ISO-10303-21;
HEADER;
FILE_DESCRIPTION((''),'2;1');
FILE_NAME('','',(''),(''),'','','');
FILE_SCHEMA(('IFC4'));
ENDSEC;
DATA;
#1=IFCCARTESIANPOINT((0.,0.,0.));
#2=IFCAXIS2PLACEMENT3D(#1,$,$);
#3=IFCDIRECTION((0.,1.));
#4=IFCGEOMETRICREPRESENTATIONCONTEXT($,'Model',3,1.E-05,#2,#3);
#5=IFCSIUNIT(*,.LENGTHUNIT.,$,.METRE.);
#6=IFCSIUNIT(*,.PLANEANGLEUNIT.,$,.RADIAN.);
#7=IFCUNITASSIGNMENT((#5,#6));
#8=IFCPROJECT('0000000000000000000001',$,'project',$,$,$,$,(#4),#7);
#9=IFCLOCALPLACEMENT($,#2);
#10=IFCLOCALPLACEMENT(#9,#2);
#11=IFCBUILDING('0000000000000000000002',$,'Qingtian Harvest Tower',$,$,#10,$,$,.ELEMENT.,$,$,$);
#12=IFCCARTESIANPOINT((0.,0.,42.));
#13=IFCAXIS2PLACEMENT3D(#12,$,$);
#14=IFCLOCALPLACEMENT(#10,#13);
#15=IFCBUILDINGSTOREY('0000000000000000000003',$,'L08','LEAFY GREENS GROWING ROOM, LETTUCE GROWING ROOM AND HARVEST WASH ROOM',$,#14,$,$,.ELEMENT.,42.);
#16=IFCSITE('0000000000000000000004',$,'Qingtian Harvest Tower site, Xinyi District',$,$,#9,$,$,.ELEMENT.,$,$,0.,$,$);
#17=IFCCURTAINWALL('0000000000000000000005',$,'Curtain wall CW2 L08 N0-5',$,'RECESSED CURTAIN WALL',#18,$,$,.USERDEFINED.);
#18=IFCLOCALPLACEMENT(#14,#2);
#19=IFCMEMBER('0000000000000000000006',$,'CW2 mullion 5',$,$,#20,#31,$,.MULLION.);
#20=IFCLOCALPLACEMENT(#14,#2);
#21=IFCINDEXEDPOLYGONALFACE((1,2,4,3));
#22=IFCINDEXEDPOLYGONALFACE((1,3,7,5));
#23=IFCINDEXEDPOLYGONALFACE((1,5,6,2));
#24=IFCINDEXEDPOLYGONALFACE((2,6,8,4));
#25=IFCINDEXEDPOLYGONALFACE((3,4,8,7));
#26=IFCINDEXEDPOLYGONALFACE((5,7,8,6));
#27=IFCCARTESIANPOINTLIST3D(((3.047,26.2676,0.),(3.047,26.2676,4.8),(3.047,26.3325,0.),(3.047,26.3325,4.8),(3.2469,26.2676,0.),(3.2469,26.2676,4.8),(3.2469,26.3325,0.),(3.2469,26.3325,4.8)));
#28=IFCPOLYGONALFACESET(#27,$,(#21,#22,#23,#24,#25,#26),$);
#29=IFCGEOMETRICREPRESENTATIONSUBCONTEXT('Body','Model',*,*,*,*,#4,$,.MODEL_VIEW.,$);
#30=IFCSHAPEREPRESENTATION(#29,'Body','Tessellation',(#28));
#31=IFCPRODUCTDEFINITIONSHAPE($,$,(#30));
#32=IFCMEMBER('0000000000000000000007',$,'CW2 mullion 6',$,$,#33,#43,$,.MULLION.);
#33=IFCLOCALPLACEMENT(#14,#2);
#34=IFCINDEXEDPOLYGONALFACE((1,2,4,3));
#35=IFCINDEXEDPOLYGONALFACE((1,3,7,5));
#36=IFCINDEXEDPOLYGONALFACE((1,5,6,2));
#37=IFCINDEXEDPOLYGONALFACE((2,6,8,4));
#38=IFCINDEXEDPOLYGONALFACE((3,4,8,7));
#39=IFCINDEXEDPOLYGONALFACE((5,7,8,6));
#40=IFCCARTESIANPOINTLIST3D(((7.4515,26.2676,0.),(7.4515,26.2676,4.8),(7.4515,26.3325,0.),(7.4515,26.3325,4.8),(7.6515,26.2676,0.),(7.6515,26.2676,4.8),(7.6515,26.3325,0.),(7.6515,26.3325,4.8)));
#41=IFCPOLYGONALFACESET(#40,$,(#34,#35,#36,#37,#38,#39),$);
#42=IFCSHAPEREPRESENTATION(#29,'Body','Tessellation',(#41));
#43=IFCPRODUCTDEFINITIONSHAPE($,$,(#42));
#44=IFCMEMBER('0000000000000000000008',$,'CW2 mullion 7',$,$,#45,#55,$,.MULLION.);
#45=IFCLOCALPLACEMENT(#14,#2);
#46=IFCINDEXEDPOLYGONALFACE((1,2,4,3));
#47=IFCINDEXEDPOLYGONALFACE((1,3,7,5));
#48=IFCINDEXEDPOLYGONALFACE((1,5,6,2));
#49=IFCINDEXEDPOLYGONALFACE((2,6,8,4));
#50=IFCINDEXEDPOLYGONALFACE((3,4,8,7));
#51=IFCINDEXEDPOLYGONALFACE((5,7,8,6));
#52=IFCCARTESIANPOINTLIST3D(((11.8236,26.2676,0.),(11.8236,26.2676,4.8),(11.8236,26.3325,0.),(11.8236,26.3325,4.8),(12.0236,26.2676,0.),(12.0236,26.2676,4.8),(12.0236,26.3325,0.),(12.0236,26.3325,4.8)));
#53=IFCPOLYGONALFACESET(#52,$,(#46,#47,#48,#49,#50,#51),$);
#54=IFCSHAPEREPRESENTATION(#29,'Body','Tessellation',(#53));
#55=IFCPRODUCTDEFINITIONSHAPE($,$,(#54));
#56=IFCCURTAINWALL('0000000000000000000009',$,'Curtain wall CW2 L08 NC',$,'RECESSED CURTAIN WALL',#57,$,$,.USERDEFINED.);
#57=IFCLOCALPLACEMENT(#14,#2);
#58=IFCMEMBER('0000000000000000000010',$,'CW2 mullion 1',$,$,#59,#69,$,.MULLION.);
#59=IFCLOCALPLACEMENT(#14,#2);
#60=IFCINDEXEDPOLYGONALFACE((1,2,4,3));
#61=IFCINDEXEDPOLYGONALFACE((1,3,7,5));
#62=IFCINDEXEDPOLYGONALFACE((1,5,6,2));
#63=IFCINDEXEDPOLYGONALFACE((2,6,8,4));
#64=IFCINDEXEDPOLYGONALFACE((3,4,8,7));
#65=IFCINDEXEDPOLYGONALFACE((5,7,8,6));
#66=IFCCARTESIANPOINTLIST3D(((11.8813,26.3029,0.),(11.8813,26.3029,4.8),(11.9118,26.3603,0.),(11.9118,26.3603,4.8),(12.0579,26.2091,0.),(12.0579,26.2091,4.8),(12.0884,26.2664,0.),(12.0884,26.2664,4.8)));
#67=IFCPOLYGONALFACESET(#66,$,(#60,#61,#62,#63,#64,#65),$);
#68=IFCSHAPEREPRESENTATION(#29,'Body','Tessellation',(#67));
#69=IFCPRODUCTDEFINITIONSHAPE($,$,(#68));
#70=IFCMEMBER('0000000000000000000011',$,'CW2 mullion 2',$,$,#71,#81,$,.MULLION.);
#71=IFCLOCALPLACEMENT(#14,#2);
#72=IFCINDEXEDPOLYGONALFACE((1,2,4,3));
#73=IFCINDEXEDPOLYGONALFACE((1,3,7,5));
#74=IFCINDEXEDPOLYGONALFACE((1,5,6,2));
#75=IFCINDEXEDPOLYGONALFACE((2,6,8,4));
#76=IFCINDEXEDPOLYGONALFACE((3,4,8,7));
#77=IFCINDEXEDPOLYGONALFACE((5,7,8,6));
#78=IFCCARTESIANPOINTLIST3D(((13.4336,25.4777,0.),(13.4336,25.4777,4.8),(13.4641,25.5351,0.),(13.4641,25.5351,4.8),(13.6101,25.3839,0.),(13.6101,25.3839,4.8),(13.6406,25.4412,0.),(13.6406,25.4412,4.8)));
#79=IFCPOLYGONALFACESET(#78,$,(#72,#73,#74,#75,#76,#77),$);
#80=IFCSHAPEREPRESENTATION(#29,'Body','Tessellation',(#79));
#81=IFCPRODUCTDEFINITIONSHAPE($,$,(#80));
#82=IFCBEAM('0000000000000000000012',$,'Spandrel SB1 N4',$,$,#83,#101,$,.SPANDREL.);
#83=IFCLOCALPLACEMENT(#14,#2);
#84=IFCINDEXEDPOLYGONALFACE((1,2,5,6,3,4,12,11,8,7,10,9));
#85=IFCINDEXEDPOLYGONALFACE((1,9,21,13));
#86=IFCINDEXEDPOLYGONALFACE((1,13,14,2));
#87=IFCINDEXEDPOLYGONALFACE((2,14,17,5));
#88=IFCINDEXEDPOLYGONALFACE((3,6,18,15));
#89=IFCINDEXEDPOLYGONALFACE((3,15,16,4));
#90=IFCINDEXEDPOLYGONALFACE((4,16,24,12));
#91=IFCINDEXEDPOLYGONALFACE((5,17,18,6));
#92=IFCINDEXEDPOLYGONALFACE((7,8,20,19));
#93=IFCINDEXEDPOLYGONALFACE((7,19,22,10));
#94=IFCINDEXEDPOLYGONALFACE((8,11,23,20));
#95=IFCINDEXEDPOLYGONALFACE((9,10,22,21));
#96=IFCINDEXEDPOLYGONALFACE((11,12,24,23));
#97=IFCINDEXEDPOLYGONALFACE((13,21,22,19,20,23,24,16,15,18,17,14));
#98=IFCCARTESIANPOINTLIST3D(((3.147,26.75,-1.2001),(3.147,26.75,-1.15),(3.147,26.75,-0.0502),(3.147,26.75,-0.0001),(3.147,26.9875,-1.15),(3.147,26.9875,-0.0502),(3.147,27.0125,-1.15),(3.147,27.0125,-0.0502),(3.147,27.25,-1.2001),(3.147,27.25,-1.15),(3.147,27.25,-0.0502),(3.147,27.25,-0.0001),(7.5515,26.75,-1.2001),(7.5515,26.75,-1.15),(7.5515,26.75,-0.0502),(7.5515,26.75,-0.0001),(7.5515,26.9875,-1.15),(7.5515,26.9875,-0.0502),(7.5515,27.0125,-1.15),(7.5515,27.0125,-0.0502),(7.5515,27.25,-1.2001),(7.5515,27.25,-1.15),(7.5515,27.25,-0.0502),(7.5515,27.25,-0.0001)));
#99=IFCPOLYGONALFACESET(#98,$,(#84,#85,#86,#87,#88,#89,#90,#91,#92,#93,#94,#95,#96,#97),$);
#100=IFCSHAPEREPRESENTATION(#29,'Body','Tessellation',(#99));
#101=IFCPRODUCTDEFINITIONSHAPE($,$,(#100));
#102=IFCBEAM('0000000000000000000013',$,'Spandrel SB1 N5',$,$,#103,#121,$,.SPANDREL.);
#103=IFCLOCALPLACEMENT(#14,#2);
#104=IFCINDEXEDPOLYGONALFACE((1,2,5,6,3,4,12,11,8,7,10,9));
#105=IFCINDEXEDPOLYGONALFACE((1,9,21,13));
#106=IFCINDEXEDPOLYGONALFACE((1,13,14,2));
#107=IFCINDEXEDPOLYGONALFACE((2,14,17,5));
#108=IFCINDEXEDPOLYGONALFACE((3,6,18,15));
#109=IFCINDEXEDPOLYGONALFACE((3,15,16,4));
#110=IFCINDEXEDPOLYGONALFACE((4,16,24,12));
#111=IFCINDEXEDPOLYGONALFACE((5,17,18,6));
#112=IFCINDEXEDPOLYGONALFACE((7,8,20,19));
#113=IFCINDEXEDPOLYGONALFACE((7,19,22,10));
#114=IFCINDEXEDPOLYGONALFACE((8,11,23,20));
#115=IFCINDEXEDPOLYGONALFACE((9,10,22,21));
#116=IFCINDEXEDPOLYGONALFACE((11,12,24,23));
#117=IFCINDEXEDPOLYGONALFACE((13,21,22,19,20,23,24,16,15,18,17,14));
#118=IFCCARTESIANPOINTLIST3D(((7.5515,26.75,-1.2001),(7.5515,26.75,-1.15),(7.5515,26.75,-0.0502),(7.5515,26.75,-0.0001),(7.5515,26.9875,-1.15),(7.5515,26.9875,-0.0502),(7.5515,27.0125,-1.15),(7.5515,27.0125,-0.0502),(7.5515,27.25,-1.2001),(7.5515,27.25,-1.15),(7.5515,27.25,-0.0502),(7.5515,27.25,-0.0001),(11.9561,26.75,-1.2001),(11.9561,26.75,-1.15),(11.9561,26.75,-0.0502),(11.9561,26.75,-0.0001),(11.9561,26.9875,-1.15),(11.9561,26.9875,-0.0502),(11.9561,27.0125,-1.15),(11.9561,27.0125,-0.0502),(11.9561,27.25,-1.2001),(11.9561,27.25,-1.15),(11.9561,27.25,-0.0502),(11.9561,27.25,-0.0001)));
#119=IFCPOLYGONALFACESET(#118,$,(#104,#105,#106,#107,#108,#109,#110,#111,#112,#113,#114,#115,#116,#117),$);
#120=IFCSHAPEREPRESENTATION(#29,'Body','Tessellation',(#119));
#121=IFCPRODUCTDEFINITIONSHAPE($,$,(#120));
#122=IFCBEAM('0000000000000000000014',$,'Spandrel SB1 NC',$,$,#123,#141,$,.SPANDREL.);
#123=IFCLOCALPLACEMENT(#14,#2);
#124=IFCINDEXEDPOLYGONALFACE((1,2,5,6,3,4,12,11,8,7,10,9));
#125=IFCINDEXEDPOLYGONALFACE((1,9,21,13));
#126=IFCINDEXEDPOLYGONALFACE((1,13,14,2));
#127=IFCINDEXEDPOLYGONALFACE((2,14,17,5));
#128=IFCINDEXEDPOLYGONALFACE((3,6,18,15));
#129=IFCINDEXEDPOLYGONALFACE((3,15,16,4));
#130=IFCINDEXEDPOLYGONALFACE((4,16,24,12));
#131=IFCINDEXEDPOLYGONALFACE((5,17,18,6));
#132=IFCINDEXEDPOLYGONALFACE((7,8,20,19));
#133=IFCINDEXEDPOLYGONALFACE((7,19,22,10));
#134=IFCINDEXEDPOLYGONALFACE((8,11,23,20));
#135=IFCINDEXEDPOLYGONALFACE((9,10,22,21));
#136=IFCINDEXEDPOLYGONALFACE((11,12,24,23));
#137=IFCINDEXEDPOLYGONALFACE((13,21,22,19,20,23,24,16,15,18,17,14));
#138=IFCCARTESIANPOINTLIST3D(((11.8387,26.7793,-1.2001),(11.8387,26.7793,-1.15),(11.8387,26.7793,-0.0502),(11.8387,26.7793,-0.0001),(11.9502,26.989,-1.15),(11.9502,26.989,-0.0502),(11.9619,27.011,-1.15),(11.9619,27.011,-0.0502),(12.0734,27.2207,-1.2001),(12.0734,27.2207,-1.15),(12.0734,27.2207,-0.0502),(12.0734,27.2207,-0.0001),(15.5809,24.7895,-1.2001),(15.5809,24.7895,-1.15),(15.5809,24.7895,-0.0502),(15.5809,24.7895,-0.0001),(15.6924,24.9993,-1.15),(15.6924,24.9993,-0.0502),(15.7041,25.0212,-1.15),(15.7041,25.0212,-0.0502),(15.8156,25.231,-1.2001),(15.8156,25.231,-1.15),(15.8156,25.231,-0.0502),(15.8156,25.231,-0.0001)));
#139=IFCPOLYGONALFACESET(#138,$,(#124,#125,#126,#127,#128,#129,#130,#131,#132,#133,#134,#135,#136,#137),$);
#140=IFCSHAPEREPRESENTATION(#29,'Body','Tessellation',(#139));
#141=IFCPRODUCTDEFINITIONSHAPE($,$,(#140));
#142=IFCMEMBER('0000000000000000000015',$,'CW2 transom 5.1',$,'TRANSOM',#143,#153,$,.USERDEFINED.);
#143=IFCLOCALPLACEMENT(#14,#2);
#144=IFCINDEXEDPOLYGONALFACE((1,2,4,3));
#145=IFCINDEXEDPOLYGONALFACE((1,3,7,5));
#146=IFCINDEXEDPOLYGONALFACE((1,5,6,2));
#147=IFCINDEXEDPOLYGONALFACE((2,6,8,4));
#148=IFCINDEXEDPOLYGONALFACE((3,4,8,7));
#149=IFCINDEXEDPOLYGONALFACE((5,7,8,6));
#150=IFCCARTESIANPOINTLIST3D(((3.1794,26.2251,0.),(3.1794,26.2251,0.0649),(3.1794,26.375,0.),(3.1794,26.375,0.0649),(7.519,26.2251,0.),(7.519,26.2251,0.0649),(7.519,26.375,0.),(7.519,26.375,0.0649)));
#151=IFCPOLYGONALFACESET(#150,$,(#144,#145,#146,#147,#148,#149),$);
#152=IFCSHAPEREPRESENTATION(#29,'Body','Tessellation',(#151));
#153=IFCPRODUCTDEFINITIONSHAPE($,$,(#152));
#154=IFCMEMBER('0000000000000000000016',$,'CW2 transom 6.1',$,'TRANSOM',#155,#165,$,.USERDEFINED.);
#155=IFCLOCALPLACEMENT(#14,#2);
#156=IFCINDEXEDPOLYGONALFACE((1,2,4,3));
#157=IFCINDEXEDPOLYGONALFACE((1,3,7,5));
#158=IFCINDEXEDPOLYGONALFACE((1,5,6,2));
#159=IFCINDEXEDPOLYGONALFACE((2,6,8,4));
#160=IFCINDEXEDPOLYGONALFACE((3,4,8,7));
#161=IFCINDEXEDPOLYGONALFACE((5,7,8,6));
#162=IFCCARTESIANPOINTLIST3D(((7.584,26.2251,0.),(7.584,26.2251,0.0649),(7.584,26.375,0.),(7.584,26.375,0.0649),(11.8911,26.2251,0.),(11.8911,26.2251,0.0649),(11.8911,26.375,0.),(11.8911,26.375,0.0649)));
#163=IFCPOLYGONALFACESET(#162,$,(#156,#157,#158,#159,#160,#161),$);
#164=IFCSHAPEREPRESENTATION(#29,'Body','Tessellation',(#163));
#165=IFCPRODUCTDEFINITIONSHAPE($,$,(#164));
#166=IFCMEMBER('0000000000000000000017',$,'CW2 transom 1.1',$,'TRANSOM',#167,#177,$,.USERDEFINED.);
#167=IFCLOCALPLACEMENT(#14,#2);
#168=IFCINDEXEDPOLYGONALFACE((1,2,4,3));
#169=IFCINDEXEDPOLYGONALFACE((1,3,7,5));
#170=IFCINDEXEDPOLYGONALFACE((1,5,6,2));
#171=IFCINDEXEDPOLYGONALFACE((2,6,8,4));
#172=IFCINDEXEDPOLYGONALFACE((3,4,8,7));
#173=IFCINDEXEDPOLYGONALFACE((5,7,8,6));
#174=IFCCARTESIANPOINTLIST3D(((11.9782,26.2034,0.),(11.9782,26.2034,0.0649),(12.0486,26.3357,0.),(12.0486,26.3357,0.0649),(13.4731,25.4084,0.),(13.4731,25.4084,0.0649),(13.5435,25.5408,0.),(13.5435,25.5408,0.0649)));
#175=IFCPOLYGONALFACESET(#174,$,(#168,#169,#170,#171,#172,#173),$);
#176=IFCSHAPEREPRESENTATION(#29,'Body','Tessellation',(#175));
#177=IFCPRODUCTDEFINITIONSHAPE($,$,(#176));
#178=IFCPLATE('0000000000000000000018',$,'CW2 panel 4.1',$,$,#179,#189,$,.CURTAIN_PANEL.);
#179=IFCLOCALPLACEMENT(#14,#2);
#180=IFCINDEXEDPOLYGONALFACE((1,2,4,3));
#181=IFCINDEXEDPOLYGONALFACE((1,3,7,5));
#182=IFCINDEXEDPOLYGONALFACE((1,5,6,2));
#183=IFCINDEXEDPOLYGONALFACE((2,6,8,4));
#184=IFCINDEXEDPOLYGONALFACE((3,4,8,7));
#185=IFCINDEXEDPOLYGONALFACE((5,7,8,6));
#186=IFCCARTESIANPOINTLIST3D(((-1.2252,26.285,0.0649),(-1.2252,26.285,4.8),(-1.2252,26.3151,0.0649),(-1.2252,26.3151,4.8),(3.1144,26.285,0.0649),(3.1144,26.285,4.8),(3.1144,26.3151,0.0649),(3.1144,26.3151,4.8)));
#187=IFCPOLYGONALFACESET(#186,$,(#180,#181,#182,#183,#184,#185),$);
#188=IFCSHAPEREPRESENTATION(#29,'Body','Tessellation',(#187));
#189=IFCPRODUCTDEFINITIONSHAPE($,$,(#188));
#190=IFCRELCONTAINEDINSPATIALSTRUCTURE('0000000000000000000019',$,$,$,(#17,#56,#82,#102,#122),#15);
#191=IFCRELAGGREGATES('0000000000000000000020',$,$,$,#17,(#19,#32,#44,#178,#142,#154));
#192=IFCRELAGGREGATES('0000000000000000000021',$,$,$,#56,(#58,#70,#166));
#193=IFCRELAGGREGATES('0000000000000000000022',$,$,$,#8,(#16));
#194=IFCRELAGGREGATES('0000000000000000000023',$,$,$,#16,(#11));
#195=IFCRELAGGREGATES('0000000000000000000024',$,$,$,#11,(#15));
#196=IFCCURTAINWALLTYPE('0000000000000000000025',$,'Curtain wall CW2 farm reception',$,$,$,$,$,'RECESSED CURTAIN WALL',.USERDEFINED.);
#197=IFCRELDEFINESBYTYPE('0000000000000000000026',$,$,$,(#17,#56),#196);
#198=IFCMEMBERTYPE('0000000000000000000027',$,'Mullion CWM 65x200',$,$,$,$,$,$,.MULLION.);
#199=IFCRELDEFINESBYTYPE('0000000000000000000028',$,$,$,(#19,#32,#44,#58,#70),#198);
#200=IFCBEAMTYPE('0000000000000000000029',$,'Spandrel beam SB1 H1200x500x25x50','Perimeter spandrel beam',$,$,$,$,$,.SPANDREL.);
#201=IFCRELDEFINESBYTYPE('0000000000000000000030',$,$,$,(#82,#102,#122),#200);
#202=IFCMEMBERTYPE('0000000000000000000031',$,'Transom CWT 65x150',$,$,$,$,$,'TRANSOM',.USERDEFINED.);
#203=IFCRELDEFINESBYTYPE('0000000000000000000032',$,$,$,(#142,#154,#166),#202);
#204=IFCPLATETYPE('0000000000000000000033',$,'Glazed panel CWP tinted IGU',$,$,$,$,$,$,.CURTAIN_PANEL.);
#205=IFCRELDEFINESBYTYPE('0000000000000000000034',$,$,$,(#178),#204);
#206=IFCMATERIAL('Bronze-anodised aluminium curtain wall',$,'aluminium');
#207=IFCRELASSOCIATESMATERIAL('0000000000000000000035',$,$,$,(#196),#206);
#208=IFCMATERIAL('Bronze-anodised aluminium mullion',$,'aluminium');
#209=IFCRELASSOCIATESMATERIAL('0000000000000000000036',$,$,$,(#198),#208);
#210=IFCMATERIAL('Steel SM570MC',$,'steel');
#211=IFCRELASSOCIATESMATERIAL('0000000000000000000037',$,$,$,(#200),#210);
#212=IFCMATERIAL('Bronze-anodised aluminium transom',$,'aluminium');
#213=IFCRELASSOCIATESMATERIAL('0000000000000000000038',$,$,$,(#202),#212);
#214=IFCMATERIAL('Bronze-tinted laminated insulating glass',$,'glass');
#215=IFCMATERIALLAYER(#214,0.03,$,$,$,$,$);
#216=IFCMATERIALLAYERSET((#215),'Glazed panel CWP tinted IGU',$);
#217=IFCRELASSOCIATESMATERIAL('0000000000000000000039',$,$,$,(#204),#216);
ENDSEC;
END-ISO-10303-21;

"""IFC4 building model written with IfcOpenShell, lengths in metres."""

from ifc_helpers import new_model, si_unit, direction, frame, origin, origin_2d, place, context, subcontext, project, spatial, rectangle, i_section, extrude, material, layer, layer_set, material_profile, profile_set, type_object, element, aggregate, save


model = new_model("IFC4")

# Units and contexts
model_context = context("Model", 3, precision=1e-05, world=origin(), true_north=direction((0.0, 1.0)))
body_context = subcontext(model_context, "Body", "Model", "MODEL_VIEW")
ifc_project = project(units=[si_unit("LENGTHUNIT", "METRE"), si_unit("PLANEANGLEUNIT", "RADIAN")], contexts=[model_context])

# Site, building, storey
site_placement = place(None, origin())
site = spatial("IfcSite", under=ifc_project, at=site_placement, Name="Qingtian Harvest Tower site, Xinyi District", CompositionType="ELEMENT", RefElevation=0.0)
building_placement = place(site_placement, origin())
building = spatial("IfcBuilding", under=site, at=building_placement, Name="Qingtian Harvest Tower", CompositionType="ELEMENT")
storey_placement = place(building_placement, frame((0.0, 0.0, 42.0)))
storey = spatial("IfcBuildingStorey", under=building, at=storey_placement, Name="L08", Description="LEAFY GREENS GROWING ROOM, LETTUCE GROWING ROOM AND HARVEST WASH ROOM", CompositionType="ELEMENT", Elevation=42.0)

# Curtain walls, members
ifc_material_1 = material(Name="Bronze-anodised aluminium curtain wall", Category="aluminium")
curtain_wall_type = type_object("IfcCurtainWallType", Name="Curtain wall CW2 farm reception", ElementType="RECESSED CURTAIN WALL", PredefinedType="USERDEFINED", material=ifc_material_1)
curtain_wall_1_placement = place(storey_placement, origin())
curtain_wall_1 = element("IfcCurtainWall", 1, at=curtain_wall_1_placement, inside=storey, type_object=curtain_wall_type, Name="Curtain wall CW2 L08 N0-5", ObjectType="RECESSED CURTAIN WALL", PredefinedType="USERDEFINED")
ifc_material_2 = material(Name="Bronze-anodised aluminium mullion", Category="aluminium")
ifc_material_profile_1 = material_profile(ifc_material_2, rectangle(XDim=0.0649, YDim=0.2, at=origin_2d()), Name="AL 65x200")
ifc_profile_set_1 = profile_set([ifc_material_profile_1], Name="Bronze-anodised aluminium mullion")
member_type_1 = type_object("IfcMemberType", Name="Mullion CWM 65x200", PredefinedType="MULLION", material=ifc_profile_set_1)
member_1_placement = place(storey_placement, frame((3.147, 26.3, 0.0), z_axis=(0.0, 0.0, 1.0), x_axis=(0.0, 1.0, 0.0)))
member_1 = element("IfcMember", 2, at=member_1_placement, type_object=member_type_1, Name="CW2 mullion 5", PredefinedType="MULLION", context=body_context, shape_type="SweptSolid", body=[
    extrude(rectangle(XDim=0.0649, YDim=0.2, at=origin_2d()), origin(), (0.0, 0.0, 1.0), 4.8),
])
member_2_placement = place(storey_placement, frame((7.5515, 26.3, 0.0), z_axis=(0.0, 0.0, 1.0), x_axis=(0.0, 1.0, 0.0)))
member_2 = element("IfcMember", 3, at=member_2_placement, type_object=member_type_1, Name="CW2 mullion 6", PredefinedType="MULLION", context=body_context, shape_type="SweptSolid", body=[
    extrude(rectangle(XDim=0.0649, YDim=0.2, at=origin_2d()), origin(), (0.0, 0.0, 1.0), 4.8),
])
member_3_placement = place(storey_placement, frame((11.9236, 26.3, 0.0), z_axis=(0.0, 0.0, 1.0), x_axis=(0.0, 1.0, 0.0)))
member_3 = element("IfcMember", 4, at=member_3_placement, type_object=member_type_1, Name="CW2 mullion 7", PredefinedType="MULLION", context=body_context, shape_type="SweptSolid", body=[
    extrude(rectangle(XDim=0.0649, YDim=0.2, at=origin_2d()), origin(), (0.0, 0.0, 1.0), 4.8),
])
curtain_wall_2_placement = place(storey_placement, origin())
curtain_wall_2 = element("IfcCurtainWall", 5, at=curtain_wall_2_placement, inside=storey, type_object=curtain_wall_type, Name="Curtain wall CW2 L08 NC", ObjectType="RECESSED CURTAIN WALL", PredefinedType="USERDEFINED")
member_4_placement = place(storey_placement, frame((11.9849, 26.2847, 0.0), z_axis=(0.0, 0.0, 1.0), x_axis=(0.469472, 0.882948, 0.0)))
member_4 = element("IfcMember", 6, at=member_4_placement, type_object=member_type_1, Name="CW2 mullion 1", PredefinedType="MULLION", context=body_context, shape_type="SweptSolid", body=[
    extrude(rectangle(XDim=0.0649, YDim=0.2, at=origin_2d()), origin(), (0.0, 0.0, 1.0), 4.8),
])
member_5_placement = place(storey_placement, frame((13.5371, 25.4595, 0.0), z_axis=(0.0, 0.0, 1.0), x_axis=(0.469472, 0.882948, 0.0)))
member_5 = element("IfcMember", 7, at=member_5_placement, type_object=member_type_1, Name="CW2 mullion 2", PredefinedType="MULLION", context=body_context, shape_type="SweptSolid", body=[
    extrude(rectangle(XDim=0.0649, YDim=0.2, at=origin_2d()), origin(), (0.0, 0.0, 1.0), 4.8),
])

# Beams
ifc_material_3 = material(Name="Steel SM570MC", Category="steel")
ifc_material_profile_2 = material_profile(ifc_material_3, i_section(OverallWidth=0.5, OverallDepth=1.2, WebThickness=0.0249, FlangeThickness=0.05, at=origin_2d()), Name="H1200x500x25x50")
ifc_profile_set_2 = profile_set([ifc_material_profile_2], Name="Steel SM570MC")
beam_type_1 = type_object("IfcBeamType", Name="Spandrel beam SB1 H1200x500x25x50", Description="Perimeter spandrel beam", PredefinedType="SPANDREL", material=ifc_profile_set_2)
for number, where, z_axis, x_axis, name in (
    (8, (3.147, 27.0, -0.6001), (1.0, 0.0, 0.0), (0.0, 1.0, 0.0), "Spandrel SB1 N4"),
    (9, (7.5515, 27.0, -0.6001), (1.0, 0.0, 0.0), (0.0, 1.0, 0.0), "Spandrel SB1 N5"),
):
    element("IfcBeam", number, at=place(storey_placement, frame(where, z_axis=z_axis, x_axis=x_axis)), inside=storey, type_object=beam_type_1, Name=name, PredefinedType="SPANDREL", context=body_context, shape_type="SweptSolid", body=[
        extrude(i_section(OverallWidth=0.5, OverallDepth=1.2, WebThickness=0.0249, FlangeThickness=0.05, at=origin_2d()), origin(), (0.0, 0.0, 1.0), 4.4045),
    ])
beam_1_placement = place(storey_placement, frame((11.9561, 27.0, -0.6001), z_axis=(0.882949, -0.46947, 0.0), x_axis=(0.46947, 0.882949, 0.0)))
element("IfcBeam", 10, at=beam_1_placement, inside=storey, type_object=beam_type_1, Name="Spandrel SB1 NC", PredefinedType="SPANDREL", context=body_context, shape_type="SweptSolid", body=[
    extrude(i_section(OverallWidth=0.5, OverallDepth=1.2, WebThickness=0.0249, FlangeThickness=0.05, at=origin_2d()), origin(), (0.0, 0.0, 1.0), 4.2383),
])

# Members
ifc_material_4 = material(Name="Bronze-anodised aluminium transom", Category="aluminium")
ifc_material_profile_3 = material_profile(ifc_material_4, rectangle(XDim=0.1499, YDim=0.0649, at=origin_2d()), Name="AL 65x150")
ifc_profile_set_3 = profile_set([ifc_material_profile_3], Name="Bronze-anodised aluminium transom")
member_type_2 = type_object("IfcMemberType", Name="Transom CWT 65x150", ElementType="TRANSOM", PredefinedType="USERDEFINED", material=ifc_profile_set_3)
member_6_placement = place(storey_placement, frame((3.1794, 26.3, 0.0325), z_axis=(1.0, 0.0, 0.0), x_axis=(0.0, 1.0, 0.0)))
member_6 = element("IfcMember", 11, at=member_6_placement, type_object=member_type_2, Name="CW2 transom 5.1", ObjectType="TRANSOM", PredefinedType="USERDEFINED", context=body_context, shape_type="SweptSolid", body=[
    extrude(rectangle(XDim=0.1499, YDim=0.0649, at=origin_2d()), origin(), (0.0, 0.0, 1.0), 4.3396),
])
member_7_placement = place(storey_placement, frame((7.584, 26.3, 0.0325), z_axis=(1.0, 0.0, 0.0), x_axis=(0.0, 1.0, 0.0)))
member_7 = element("IfcMember", 12, at=member_7_placement, type_object=member_type_2, Name="CW2 transom 6.1", ObjectType="TRANSOM", PredefinedType="USERDEFINED", context=body_context, shape_type="SweptSolid", body=[
    extrude(rectangle(XDim=0.1499, YDim=0.0649, at=origin_2d()), origin(), (0.0, 0.0, 1.0), 4.3071),
])
member_8_placement = place(storey_placement, frame((12.0134, 26.2695, 0.0325), z_axis=(0.882927, -0.46951, 0.0), x_axis=(0.46951, 0.882927, 0.0)))
member_8 = element("IfcMember", 13, at=member_8_placement, type_object=member_type_2, Name="CW2 transom 1.1", ObjectType="TRANSOM", PredefinedType="USERDEFINED", context=body_context, shape_type="SweptSolid", body=[
    extrude(rectangle(XDim=0.1499, YDim=0.0649, at=origin_2d()), origin(), (0.0, 0.0, 1.0), 1.6931),
])

# Plate
ifc_material_5 = material(Name="Bronze-tinted laminated insulating glass", Category="glass")
ifc_layer_1 = layer(ifc_material_5, 0.03)
ifc_layer_set_1 = layer_set([ifc_layer_1], Name="Glazed panel CWP tinted IGU")
plate_type = type_object("IfcPlateType", Name="Glazed panel CWP tinted IGU", PredefinedType="CURTAIN_PANEL", material=ifc_layer_set_1)
plate_1_placement = place(storey_placement, frame((0.9446, 26.3, 0.0649), z_axis=(0.0, 0.0, 1.0), x_axis=(1.0, 0.0, 0.0)))
plate_1 = element("IfcPlate", 14, at=plate_1_placement, type_object=plate_type, Name="CW2 panel 4.1", PredefinedType="CURTAIN_PANEL", context=body_context, shape_type="SweptSolid", body=[
    extrude(rectangle(XDim=4.3396, YDim=0.03, at=origin_2d()), origin(), (0.0, 0.0, 1.0), 4.7351),
])
aggregate(curtain_wall_1, [member_1, member_2, member_3, plate_1, member_6, member_7])
aggregate(curtain_wall_2, [member_4, member_5, member_8])

save(model, "model.ifc")
